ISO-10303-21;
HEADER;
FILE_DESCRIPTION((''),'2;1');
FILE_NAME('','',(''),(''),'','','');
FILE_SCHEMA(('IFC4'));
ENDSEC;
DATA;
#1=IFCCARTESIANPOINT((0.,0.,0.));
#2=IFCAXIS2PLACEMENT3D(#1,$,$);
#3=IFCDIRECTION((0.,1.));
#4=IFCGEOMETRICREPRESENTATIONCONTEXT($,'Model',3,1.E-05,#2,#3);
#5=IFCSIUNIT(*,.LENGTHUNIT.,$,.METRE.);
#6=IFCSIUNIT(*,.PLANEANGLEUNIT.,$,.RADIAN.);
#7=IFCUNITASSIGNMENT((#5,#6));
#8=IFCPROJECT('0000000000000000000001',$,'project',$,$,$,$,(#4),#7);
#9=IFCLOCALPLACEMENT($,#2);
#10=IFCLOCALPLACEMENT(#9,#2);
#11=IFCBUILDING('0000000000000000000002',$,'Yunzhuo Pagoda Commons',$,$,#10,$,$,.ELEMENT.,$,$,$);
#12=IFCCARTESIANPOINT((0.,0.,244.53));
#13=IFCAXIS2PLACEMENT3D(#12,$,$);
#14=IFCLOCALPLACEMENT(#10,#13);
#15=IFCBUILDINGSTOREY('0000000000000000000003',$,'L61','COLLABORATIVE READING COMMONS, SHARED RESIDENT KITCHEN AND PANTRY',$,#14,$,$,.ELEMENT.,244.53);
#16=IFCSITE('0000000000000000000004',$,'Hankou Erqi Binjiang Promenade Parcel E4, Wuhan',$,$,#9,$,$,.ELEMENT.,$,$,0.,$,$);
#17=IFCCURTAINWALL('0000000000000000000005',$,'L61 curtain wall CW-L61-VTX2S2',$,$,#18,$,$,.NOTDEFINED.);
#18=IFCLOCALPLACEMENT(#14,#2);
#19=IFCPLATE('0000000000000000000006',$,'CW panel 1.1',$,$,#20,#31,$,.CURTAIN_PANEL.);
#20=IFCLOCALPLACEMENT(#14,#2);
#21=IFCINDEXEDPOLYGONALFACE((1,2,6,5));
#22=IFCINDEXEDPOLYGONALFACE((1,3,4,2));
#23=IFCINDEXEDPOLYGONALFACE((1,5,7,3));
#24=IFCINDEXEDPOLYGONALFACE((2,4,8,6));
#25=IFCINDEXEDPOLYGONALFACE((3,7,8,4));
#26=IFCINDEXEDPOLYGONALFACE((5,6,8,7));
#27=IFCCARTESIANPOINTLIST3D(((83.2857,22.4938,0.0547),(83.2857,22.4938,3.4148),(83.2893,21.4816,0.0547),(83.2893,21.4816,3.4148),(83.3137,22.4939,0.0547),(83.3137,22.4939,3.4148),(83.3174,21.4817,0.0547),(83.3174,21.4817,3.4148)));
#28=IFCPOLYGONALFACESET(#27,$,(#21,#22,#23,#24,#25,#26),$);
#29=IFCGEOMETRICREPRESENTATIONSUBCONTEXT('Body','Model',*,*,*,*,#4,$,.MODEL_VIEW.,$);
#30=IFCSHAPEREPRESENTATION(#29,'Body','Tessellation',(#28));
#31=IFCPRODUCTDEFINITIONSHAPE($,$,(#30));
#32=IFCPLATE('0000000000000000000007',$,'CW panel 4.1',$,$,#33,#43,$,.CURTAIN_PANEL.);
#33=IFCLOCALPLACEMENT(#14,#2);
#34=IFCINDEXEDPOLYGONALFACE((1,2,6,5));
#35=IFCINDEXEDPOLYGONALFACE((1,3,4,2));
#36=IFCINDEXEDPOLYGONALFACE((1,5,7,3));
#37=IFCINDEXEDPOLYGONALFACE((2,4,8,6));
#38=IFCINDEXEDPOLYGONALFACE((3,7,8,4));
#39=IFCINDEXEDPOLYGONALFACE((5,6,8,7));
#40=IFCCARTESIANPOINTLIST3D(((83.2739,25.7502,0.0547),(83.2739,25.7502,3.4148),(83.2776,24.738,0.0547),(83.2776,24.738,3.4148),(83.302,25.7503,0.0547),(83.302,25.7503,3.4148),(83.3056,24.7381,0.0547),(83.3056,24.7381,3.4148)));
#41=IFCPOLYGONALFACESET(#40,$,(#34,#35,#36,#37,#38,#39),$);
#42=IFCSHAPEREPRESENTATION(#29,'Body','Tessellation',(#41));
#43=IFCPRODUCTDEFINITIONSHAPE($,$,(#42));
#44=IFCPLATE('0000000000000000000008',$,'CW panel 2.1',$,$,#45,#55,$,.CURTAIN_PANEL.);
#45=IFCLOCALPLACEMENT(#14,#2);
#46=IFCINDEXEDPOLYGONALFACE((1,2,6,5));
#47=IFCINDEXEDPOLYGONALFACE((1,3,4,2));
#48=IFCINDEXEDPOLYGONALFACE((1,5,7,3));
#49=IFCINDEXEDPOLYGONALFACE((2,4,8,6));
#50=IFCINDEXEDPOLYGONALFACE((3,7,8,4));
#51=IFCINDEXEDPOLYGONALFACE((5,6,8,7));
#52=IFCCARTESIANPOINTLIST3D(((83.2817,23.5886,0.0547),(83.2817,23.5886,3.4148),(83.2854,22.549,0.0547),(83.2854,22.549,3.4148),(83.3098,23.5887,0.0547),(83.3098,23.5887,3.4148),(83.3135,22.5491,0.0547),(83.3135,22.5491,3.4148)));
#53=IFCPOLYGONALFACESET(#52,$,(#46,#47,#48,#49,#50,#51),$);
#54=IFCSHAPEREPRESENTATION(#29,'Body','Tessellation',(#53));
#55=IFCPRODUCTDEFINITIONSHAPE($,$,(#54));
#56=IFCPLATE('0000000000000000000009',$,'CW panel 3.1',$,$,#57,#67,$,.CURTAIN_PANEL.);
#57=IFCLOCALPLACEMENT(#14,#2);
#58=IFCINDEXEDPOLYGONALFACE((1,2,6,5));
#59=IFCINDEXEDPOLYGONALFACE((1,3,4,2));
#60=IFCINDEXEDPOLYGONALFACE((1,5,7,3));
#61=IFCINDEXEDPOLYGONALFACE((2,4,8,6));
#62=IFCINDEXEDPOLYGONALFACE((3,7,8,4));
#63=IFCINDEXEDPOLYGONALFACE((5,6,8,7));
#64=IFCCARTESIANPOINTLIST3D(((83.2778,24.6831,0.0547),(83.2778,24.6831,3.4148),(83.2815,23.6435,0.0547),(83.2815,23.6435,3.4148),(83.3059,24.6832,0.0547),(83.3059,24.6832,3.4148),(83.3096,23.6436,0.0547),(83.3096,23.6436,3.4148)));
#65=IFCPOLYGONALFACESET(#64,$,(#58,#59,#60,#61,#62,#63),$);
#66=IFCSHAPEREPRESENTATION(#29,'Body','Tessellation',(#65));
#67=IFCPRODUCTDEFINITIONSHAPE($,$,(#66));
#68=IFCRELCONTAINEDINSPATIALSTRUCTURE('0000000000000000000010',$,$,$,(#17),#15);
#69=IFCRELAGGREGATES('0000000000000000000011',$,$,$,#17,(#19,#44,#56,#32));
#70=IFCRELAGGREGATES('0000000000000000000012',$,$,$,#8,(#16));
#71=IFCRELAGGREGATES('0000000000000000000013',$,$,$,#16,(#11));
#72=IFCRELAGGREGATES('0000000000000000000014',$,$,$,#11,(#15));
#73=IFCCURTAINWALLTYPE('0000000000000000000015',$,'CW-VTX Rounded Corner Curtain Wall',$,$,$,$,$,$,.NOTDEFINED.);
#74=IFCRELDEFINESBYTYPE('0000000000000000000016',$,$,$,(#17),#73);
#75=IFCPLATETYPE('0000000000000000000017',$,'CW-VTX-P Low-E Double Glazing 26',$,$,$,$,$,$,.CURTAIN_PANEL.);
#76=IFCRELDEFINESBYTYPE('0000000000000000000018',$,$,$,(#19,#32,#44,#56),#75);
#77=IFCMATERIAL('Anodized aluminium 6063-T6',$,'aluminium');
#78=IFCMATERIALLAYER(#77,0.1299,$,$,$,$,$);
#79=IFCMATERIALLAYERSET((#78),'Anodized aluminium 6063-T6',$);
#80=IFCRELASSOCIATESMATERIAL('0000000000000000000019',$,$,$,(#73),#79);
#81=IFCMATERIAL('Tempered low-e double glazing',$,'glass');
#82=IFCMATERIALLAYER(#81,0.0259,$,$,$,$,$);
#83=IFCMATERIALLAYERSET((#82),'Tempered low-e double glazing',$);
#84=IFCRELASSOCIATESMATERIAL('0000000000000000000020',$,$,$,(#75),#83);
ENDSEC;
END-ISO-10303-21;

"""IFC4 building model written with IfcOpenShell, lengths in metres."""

from ifc_helpers import new_model, si_unit, direction, frame, origin, origin_2d, place, context, subcontext, project, spatial, rectangle, extrude, source, transform, mapped, material, layer, layer_set, type_object, element, aggregate, save


model = new_model("IFC4")

# Units and contexts
model_context = context("Model", 3, precision=1e-05, world=origin(), true_north=direction((0.0, 1.0)))
body_context = subcontext(model_context, "Body", "Model", "MODEL_VIEW")
ifc_project = project(units=[si_unit("LENGTHUNIT", "METRE"), si_unit("PLANEANGLEUNIT", "RADIAN")], contexts=[model_context])

# Site, building, storey
site_placement = place(None, origin())
site = spatial("IfcSite", under=ifc_project, at=site_placement, Name="Hankou Erqi Binjiang Promenade Parcel E4, Wuhan", CompositionType="ELEMENT", RefElevation=0.0)
building_placement = place(site_placement, origin())
building = spatial("IfcBuilding", under=site, at=building_placement, Name="Yunzhuo Pagoda Commons", CompositionType="ELEMENT")
storey_placement = place(building_placement, frame((0.0, 0.0, 244.53)))
storey = spatial("IfcBuildingStorey", under=building, at=storey_placement, Name="L61", Description="COLLABORATIVE READING COMMONS, SHARED RESIDENT KITCHEN AND PANTRY", CompositionType="ELEMENT", Elevation=244.53)

# Shared definitions
ifc_material_1 = material(Name="Anodized aluminium 6063-T6", Category="aluminium")

# Curtain wall
ifc_layer_1 = layer(ifc_material_1, 0.1299)
ifc_layer_set_1 = layer_set([ifc_layer_1], Name="Anodized aluminium 6063-T6")
curtain_wall_type_1 = type_object("IfcCurtainWallType", Name="CW-VTX Rounded Corner Curtain Wall", PredefinedType="NOTDEFINED", material=ifc_layer_set_1)
curtain_wall_1_placement = place(storey_placement, origin())
curtain_wall_1 = element("IfcCurtainWall", 1, at=curtain_wall_1_placement, inside=storey, type_object=curtain_wall_type_1, Name="L61 curtain wall CW-L61-VTX2S2", PredefinedType="NOTDEFINED")

# Shared definitions
ifc_material_2 = material(Name="Tempered low-e double glazing", Category="glass")

# Shared definitions
ifc_layer_2 = layer(ifc_material_2, 0.0259)
ifc_layer_set_2 = layer_set([ifc_layer_2], Name="Tempered low-e double glazing")
plate_type_1 = type_object("IfcPlateType", Name="CW-VTX-P Low-E Double Glazing 26", PredefinedType="CURTAIN_PANEL", material=ifc_layer_set_2)
shared_shape_1 = source(origin(), body_context, "Body", "SweptSolid", [
    extrude(rectangle(XDim=1.0122, YDim=0.0281, at=origin_2d()), origin(), (0.0, 0.0, 1.0), 3.3601),
])

# Plates
plate_1_placement = place(storey_placement, frame((83.3015, 21.9878, 0.0547), z_axis=(0.0, 0.0, 1.0), x_axis=(-0.003586, 0.999994, 0.0)))
plate_1 = element("IfcPlate", 2, at=plate_1_placement, type_object=plate_type_1, Name="CW panel 1.1", PredefinedType="CURTAIN_PANEL", context=body_context, shape_type="MappedRepresentation", body=[
    mapped(shared_shape_1, transform((0.0, 0.0, 0.0), scale=1.0)),
])
plate_2_placement = place(storey_placement, frame((83.2898, 25.2441, 0.0547), z_axis=(0.0, 0.0, 1.0), x_axis=(-0.003586, 0.999994, 0.0)))
plate_2 = element("IfcPlate", 3, at=plate_2_placement, type_object=plate_type_1, Name="CW panel 4.1", PredefinedType="CURTAIN_PANEL", context=body_context, shape_type="MappedRepresentation", body=[
    mapped(shared_shape_1, transform((0.0, 0.0, 0.0), scale=1.0)),
])
shared_shape_2 = source(origin(), body_context, "Body", "SweptSolid", [
    extrude(rectangle(XDim=1.0396, YDim=0.0281, at=origin_2d()), origin(), (0.0, 0.0, 1.0), 3.3601),
])
plate_3_placement = place(storey_placement, frame((83.2976, 23.0688, 0.0547), z_axis=(0.0, 0.0, 1.0), x_axis=(-0.003586, 0.999994, 0.0)))
plate_3 = element("IfcPlate", 4, at=plate_3_placement, type_object=plate_type_1, Name="CW panel 2.1", PredefinedType="CURTAIN_PANEL", context=body_context, shape_type="MappedRepresentation", body=[
    mapped(shared_shape_2, transform((0.0, 0.0, 0.0), scale=1.0)),
])
plate_4_placement = place(storey_placement, frame((83.2937, 24.1633, 0.0547), z_axis=(0.0, 0.0, 1.0), x_axis=(-0.003586, 0.999994, 0.0)))
plate_4 = element("IfcPlate", 5, at=plate_4_placement, type_object=plate_type_1, Name="CW panel 3.1", PredefinedType="CURTAIN_PANEL", context=body_context, shape_type="MappedRepresentation", body=[
    mapped(shared_shape_2, transform((0.0, 0.0, 0.0), scale=1.0)),
])
aggregate(curtain_wall_1, [plate_1, plate_3, plate_4, plate_2])

save(model, "model.ifc")
